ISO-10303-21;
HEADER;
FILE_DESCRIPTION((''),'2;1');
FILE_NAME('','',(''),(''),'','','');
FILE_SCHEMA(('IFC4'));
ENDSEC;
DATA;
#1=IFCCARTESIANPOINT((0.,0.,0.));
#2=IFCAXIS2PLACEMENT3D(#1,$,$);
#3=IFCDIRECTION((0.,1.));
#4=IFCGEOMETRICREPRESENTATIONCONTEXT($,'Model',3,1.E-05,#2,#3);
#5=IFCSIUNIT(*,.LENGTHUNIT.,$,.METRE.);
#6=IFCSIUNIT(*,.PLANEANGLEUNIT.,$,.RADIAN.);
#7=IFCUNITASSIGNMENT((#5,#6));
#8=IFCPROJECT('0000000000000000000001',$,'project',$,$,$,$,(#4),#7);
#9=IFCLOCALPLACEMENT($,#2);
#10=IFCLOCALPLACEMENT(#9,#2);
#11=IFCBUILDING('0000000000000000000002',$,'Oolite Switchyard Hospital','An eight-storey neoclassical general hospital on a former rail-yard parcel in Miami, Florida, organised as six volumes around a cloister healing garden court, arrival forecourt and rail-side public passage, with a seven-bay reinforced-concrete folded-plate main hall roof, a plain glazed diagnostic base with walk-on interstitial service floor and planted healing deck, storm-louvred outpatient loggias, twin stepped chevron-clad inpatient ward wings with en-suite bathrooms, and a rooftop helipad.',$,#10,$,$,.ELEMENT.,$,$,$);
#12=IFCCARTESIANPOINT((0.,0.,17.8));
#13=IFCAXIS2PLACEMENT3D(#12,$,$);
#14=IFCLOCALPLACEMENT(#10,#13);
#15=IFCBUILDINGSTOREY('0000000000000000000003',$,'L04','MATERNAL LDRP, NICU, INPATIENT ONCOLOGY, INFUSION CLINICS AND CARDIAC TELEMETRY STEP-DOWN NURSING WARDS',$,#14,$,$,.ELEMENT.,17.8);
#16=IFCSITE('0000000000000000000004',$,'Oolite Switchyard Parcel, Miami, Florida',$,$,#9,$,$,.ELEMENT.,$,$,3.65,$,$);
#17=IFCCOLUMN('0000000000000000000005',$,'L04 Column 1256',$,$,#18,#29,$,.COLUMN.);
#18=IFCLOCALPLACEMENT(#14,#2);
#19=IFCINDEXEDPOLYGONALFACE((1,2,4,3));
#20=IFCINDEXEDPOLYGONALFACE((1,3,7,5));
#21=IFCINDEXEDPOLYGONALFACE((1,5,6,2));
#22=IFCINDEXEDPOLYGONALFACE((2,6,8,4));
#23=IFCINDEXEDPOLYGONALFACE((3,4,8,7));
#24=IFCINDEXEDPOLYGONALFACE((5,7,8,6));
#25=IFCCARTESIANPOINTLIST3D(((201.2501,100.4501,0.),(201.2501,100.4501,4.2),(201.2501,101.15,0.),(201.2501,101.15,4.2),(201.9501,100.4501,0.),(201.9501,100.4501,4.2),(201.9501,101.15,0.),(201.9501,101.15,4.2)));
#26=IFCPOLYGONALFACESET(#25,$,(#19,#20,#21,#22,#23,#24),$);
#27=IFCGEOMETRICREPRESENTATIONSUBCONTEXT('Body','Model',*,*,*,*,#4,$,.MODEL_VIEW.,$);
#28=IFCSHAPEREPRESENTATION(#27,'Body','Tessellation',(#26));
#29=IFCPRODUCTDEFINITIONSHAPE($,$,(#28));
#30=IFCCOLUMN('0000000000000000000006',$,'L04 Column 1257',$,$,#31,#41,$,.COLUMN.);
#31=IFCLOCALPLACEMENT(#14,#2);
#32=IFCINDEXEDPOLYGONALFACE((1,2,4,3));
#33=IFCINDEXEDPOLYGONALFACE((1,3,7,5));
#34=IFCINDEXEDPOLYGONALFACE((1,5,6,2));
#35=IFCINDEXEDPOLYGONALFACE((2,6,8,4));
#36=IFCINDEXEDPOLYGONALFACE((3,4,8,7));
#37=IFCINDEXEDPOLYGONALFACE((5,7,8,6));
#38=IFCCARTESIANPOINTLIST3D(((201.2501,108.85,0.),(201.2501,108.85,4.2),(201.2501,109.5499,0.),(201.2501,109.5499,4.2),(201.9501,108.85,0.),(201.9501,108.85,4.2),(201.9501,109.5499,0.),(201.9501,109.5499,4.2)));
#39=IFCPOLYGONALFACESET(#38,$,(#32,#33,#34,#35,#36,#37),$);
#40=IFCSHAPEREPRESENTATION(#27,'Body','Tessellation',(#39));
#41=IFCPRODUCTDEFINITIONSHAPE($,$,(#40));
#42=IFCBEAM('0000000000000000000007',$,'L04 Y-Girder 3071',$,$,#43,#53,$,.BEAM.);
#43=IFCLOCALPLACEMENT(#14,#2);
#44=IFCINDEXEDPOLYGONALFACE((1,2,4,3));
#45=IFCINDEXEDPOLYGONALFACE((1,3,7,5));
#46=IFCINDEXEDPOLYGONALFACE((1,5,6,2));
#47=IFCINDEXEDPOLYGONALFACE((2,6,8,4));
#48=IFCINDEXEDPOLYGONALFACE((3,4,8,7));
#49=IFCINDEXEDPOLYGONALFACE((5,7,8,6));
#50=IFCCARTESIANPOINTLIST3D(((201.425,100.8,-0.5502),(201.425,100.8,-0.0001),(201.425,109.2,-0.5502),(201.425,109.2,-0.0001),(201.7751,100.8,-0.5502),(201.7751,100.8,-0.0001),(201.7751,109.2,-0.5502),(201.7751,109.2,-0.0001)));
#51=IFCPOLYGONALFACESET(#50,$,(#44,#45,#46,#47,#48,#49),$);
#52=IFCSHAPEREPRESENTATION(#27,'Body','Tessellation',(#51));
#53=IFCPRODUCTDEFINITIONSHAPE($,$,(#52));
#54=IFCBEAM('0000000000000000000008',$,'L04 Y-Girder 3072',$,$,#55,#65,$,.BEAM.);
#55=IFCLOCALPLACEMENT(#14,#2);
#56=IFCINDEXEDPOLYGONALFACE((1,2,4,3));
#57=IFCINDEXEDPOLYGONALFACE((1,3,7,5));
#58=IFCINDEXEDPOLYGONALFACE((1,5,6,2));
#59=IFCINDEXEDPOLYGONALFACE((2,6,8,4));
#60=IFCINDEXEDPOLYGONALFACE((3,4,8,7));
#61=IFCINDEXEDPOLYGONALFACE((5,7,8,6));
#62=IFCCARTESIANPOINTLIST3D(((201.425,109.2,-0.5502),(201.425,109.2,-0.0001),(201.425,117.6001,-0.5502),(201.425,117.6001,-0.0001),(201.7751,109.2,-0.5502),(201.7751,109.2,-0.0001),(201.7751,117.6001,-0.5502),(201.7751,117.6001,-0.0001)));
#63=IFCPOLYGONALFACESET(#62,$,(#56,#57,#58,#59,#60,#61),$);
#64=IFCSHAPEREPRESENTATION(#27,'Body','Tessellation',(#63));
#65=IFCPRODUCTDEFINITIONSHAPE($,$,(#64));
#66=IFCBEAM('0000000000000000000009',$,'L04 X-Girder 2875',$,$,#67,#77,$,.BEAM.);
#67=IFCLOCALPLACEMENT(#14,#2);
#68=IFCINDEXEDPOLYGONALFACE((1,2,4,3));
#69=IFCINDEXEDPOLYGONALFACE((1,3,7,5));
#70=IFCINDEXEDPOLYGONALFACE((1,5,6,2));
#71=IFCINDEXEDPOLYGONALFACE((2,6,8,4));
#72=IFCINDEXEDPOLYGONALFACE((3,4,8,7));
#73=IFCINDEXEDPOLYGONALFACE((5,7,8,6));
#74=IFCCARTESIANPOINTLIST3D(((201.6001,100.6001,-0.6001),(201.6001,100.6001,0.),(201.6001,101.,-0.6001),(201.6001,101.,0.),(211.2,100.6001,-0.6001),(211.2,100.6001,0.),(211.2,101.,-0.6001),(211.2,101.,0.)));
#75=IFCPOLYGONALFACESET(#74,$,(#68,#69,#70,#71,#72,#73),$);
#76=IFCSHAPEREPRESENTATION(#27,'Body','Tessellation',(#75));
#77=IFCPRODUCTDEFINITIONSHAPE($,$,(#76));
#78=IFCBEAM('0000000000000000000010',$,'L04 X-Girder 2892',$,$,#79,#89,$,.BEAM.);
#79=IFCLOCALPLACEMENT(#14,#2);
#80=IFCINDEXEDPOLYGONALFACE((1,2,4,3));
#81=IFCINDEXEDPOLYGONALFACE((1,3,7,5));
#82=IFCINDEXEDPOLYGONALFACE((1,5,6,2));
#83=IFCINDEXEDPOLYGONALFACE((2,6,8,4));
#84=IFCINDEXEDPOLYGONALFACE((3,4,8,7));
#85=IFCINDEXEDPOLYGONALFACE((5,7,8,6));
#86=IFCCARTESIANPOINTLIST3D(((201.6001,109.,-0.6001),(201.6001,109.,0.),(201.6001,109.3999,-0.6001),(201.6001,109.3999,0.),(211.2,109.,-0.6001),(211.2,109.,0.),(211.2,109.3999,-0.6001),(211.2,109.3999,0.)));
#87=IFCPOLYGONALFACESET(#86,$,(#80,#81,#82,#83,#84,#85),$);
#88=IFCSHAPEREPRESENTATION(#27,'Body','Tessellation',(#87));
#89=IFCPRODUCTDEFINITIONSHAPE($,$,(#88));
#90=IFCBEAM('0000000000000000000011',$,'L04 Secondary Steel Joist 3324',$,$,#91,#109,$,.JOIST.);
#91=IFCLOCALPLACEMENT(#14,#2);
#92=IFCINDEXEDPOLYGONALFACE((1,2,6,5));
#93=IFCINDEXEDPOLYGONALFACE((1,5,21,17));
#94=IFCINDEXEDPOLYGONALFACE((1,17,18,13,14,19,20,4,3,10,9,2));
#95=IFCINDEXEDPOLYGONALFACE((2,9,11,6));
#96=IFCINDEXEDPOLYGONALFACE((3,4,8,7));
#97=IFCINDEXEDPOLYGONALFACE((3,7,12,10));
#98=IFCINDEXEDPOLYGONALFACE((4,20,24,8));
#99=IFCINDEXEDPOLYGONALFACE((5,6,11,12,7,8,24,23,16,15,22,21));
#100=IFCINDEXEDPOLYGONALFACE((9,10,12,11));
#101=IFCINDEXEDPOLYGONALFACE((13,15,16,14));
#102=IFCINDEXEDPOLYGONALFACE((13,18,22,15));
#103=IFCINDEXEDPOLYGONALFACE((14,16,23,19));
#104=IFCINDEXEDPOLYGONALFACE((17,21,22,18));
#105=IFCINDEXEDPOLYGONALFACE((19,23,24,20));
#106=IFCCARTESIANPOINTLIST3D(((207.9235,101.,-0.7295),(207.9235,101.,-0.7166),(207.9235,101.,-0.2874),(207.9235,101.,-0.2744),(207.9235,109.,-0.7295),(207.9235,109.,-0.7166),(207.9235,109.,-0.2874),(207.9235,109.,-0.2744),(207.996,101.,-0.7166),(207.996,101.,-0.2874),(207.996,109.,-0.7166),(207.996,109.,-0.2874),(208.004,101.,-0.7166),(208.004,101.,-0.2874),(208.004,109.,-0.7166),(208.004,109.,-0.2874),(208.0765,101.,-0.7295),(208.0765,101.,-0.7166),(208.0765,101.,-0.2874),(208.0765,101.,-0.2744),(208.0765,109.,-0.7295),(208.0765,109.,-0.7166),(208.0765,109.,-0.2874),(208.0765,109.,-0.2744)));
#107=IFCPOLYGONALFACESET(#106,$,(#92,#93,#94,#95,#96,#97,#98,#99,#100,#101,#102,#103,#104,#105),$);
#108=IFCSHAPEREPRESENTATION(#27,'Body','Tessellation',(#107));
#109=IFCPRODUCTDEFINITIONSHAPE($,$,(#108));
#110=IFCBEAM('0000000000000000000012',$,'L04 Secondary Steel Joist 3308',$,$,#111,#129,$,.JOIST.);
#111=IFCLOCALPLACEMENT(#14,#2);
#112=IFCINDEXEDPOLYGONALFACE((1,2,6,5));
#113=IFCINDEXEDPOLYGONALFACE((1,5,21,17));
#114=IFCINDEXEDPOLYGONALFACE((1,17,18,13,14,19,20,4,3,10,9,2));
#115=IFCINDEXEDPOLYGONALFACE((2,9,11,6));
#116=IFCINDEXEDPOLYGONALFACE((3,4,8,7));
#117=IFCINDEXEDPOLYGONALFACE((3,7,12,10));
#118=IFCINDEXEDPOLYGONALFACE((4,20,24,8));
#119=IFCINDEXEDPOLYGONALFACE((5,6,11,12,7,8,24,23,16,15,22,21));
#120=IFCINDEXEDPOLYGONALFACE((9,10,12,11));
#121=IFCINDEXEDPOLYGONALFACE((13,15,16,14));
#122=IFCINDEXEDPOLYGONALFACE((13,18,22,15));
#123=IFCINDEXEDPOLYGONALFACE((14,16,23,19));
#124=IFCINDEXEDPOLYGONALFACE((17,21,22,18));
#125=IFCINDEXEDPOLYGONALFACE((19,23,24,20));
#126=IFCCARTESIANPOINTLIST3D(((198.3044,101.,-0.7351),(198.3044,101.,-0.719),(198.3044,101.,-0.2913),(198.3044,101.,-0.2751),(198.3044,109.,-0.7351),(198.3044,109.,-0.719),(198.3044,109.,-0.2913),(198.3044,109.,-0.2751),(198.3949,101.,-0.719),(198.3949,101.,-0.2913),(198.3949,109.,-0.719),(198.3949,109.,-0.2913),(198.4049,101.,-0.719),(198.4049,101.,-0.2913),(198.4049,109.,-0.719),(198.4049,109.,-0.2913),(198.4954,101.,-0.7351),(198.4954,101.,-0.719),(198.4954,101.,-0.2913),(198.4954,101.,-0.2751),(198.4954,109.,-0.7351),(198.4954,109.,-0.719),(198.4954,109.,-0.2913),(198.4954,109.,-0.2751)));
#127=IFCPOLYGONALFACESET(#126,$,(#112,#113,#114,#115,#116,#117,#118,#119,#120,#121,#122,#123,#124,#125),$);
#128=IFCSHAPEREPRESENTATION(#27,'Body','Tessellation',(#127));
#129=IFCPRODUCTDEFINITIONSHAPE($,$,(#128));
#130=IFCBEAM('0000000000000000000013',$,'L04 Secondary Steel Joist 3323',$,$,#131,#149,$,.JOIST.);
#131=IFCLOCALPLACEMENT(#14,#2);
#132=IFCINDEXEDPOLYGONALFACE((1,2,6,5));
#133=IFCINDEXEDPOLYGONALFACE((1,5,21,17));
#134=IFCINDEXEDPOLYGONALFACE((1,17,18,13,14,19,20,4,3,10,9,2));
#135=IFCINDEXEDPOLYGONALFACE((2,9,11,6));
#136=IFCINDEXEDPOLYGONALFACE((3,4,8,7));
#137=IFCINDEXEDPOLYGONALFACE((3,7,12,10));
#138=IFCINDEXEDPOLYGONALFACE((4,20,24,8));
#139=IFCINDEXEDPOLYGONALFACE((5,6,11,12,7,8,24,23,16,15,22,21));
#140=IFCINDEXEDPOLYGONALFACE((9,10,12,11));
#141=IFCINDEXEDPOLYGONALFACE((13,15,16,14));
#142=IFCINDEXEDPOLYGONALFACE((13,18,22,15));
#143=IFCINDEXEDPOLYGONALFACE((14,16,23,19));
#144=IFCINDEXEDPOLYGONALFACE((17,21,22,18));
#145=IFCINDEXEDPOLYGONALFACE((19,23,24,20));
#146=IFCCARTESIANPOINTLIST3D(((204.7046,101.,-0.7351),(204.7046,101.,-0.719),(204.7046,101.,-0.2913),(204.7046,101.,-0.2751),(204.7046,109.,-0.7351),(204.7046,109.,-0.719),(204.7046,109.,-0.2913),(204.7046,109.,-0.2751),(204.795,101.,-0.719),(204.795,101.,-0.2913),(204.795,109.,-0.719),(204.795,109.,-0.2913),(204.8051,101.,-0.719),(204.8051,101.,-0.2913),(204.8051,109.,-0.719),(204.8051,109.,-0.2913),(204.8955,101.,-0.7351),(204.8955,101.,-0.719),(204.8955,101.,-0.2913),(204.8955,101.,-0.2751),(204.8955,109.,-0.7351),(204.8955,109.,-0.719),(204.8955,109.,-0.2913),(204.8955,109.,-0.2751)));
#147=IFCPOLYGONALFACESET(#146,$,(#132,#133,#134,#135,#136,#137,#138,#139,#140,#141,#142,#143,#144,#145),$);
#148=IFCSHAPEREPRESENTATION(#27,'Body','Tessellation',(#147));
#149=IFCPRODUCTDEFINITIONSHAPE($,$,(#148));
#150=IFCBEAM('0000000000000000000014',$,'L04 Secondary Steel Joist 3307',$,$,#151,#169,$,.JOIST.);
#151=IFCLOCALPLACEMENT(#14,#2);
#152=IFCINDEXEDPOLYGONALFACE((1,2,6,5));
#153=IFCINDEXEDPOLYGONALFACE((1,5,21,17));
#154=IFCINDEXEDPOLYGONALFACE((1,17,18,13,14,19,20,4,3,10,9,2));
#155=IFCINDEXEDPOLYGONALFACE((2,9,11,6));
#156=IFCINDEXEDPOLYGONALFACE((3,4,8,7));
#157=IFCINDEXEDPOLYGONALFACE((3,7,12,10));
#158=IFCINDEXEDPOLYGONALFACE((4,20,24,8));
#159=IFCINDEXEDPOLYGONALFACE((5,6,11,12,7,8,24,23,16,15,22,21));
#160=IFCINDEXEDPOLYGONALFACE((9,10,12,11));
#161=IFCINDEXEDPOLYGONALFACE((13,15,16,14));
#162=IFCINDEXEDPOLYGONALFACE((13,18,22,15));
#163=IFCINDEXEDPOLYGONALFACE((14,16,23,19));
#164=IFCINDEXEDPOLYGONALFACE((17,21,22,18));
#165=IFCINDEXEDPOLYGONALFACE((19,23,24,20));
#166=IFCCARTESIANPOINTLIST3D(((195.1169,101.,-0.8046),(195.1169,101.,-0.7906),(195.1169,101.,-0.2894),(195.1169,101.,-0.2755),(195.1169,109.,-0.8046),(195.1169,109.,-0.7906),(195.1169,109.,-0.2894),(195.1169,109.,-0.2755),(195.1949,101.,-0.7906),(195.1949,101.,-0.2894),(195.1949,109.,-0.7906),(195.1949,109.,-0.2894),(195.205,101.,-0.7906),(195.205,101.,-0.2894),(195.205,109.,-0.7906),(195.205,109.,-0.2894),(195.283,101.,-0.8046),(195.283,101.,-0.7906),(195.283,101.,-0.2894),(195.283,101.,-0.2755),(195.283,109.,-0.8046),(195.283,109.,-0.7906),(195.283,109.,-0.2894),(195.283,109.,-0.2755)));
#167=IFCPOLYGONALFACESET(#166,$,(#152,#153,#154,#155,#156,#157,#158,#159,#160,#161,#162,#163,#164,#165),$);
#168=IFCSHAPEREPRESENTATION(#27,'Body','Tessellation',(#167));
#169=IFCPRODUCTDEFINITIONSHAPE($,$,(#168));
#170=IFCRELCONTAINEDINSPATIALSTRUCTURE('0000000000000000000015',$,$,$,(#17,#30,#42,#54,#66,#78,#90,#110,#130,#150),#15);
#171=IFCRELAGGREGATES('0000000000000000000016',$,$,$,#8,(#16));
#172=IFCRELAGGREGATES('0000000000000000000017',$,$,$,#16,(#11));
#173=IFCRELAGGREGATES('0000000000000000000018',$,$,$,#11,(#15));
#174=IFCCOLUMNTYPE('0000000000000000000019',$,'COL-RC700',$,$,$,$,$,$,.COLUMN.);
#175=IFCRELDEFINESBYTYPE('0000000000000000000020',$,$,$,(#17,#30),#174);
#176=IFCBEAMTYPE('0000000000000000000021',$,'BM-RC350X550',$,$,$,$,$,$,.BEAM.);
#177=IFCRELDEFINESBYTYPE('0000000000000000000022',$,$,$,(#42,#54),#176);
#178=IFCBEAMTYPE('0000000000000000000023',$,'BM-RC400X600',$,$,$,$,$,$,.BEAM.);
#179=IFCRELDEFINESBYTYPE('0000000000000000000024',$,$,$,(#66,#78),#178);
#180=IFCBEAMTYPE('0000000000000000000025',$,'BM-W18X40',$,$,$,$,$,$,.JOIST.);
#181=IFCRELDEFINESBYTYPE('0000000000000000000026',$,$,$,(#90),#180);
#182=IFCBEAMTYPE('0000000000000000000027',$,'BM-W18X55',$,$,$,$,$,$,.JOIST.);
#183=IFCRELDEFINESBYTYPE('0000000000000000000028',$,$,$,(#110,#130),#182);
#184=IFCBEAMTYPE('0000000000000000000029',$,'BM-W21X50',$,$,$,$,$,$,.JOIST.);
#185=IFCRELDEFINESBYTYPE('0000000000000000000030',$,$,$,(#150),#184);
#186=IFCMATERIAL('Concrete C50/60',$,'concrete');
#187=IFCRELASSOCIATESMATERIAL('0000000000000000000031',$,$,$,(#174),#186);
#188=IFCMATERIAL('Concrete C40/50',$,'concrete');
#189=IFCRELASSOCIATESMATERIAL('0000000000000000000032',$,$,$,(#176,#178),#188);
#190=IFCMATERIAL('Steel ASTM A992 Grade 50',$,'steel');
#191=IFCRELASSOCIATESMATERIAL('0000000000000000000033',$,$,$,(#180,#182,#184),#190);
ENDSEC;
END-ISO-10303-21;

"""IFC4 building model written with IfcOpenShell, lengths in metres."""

from ifc_helpers import new_model, si_unit, direction, frame, origin, origin_2d, place, context, subcontext, project, spatial, rectangle, i_section, extrude, material, material_profile, profile_set, type_object, element, save


model = new_model("IFC4")

# Units and contexts
model_context = context("Model", 3, precision=1e-05, world=origin(), true_north=direction((0.0, 1.0)))
body_context = subcontext(model_context, "Body", "Model", "MODEL_VIEW")
ifc_project = project(units=[si_unit("LENGTHUNIT", "METRE"), si_unit("PLANEANGLEUNIT", "RADIAN")], contexts=[model_context])

# Site, building, storey
site_placement = place(None, origin())
site = spatial("IfcSite", under=ifc_project, at=site_placement, Name="Oolite Switchyard Parcel, Miami, Florida", CompositionType="ELEMENT", RefElevation=3.65)
building_placement = place(site_placement, origin())
building = spatial("IfcBuilding", under=site, at=building_placement, Name="Oolite Switchyard Hospital", Description="An eight-storey neoclassical general hospital on a former rail-yard parcel in Miami, Florida, organised as six volumes around a cloister healing garden court, arrival forecourt and rail-side public passage, with a seven-bay reinforced-concrete folded-plate main hall roof, a plain glazed diagnostic base with walk-on interstitial service floor and planted healing deck, storm-louvred outpatient loggias, twin stepped chevron-clad inpatient ward wings with en-suite bathrooms, and a rooftop helipad.", CompositionType="ELEMENT")
storey_placement = place(building_placement, frame((0.0, 0.0, 17.8)))
storey = spatial("IfcBuildingStorey", under=building, at=storey_placement, Name="L04", Description="MATERNAL LDRP, NICU, INPATIENT ONCOLOGY, INFUSION CLINICS AND CARDIAC TELEMETRY STEP-DOWN NURSING WARDS", CompositionType="ELEMENT", Elevation=17.8)

# Columns
ifc_material_1 = material(Name="Concrete C50/60", Category="concrete")
ifc_material_profile_1 = material_profile(ifc_material_1, rectangle(XDim=0.7, YDim=0.7, at=origin_2d()), Name="RC700X700")
ifc_profile_set_1 = profile_set([ifc_material_profile_1], Name="Concrete C50/60")
column_type = type_object("IfcColumnType", Name="COL-RC700", PredefinedType="COLUMN", material=ifc_profile_set_1)
for number, where, z_axis, x_axis, name in (
    (1, (201.6001, 100.8, 0.0), (0.0, 0.0, 1.0), (1.0, 0.0, 0.0), "L04 Column 1256"),
    (2, (201.6001, 109.2, 0.0), (0.0, 0.0, 1.0), (1.0, 0.0, 0.0), "L04 Column 1257"),
):
    element("IfcColumn", number, at=place(storey_placement, frame(where, z_axis=z_axis, x_axis=x_axis)), inside=storey, type_object=column_type, Name=name, PredefinedType="COLUMN", context=body_context, shape_type="SweptSolid", body=[
        extrude(rectangle(XDim=0.7, YDim=0.7, at=origin_2d()), origin(), (0.0, 0.0, 1.0), 4.2),
    ])

# Beams
ifc_material_2 = material(Name="Concrete C40/50", Category="concrete")
ifc_material_profile_2 = material_profile(ifc_material_2, rectangle(XDim=0.3501, YDim=0.55, at=origin_2d()), Name="RCB350X550")
ifc_profile_set_2 = profile_set([ifc_material_profile_2], Name="Concrete C40/50")
beam_type_1 = type_object("IfcBeamType", Name="BM-RC350X550", PredefinedType="BEAM", material=ifc_profile_set_2)
beam_1_placement = place(storey_placement, frame((201.6001, 100.8, -0.2751), z_axis=(0.0, 1.0, 0.0), x_axis=(-1.0, 0.0, 0.0)))
element("IfcBeam", 3, at=beam_1_placement, inside=storey, type_object=beam_type_1, Name="L04 Y-Girder 3071", PredefinedType="BEAM", context=body_context, shape_type="SweptSolid", body=[
    extrude(rectangle(XDim=0.3501, YDim=0.55, at=origin_2d()), origin(), (0.0, 0.0, 1.0), 8.3999),
])
beam_2_placement = place(storey_placement, frame((201.6001, 109.2, -0.2751), z_axis=(0.0, 1.0, 0.0), x_axis=(-1.0, 0.0, 0.0)))
element("IfcBeam", 4, at=beam_2_placement, inside=storey, type_object=beam_type_1, Name="L04 Y-Girder 3072", PredefinedType="BEAM", context=body_context, shape_type="SweptSolid", body=[
    extrude(rectangle(XDim=0.3501, YDim=0.55, at=origin_2d()), origin(), (0.0, 0.0, 1.0), 8.4001),
])
ifc_material_profile_3 = material_profile(ifc_material_2, rectangle(XDim=0.3999, YDim=0.6001, at=origin_2d()), Name="RCB400X600")
ifc_profile_set_3 = profile_set([ifc_material_profile_3], Name="Concrete C40/50")
beam_type_2 = type_object("IfcBeamType", Name="BM-RC400X600", PredefinedType="BEAM", material=ifc_profile_set_3)
for number, where, z_axis, x_axis, name in (
    (5, (201.6001, 100.8, -0.3), (1.0, 0.0, 0.0), (0.0, 1.0, 0.0), "L04 X-Girder 2875"),
    (6, (201.6001, 109.2, -0.3), (1.0, 0.0, 0.0), (0.0, 1.0, 0.0), "L04 X-Girder 2892"),
):
    element("IfcBeam", number, at=place(storey_placement, frame(where, z_axis=z_axis, x_axis=x_axis)), inside=storey, type_object=beam_type_2, Name=name, PredefinedType="BEAM", context=body_context, shape_type="SweptSolid", body=[
        extrude(rectangle(XDim=0.3999, YDim=0.6001, at=origin_2d()), origin(), (0.0, 0.0, 1.0), 9.5999),
    ])
ifc_material_3 = material(Name="Steel ASTM A992 Grade 50", Category="steel")
ifc_material_profile_4 = material_profile(ifc_material_3, i_section(OverallWidth=0.1531, OverallDepth=0.4551, WebThickness=0.0081, FlangeThickness=0.0129, at=origin_2d()), Name="W18X40")
ifc_profile_set_4 = profile_set([ifc_material_profile_4], Name="Steel ASTM A992 Grade 50")
beam_type_3 = type_object("IfcBeamType", Name="BM-W18X40", PredefinedType="JOIST", material=ifc_profile_set_4)
beam_3_placement = place(storey_placement, frame((208.0, 101.0, -0.502), z_axis=(0.0, 1.0, 0.0), x_axis=(-1.0, 0.0, 0.0)))
element("IfcBeam", 7, at=beam_3_placement, inside=storey, type_object=beam_type_3, Name="L04 Secondary Steel Joist 3324", PredefinedType="JOIST", context=body_context, shape_type="SweptSolid", body=[
    extrude(i_section(OverallWidth=0.1531, OverallDepth=0.4551, WebThickness=0.0081, FlangeThickness=0.0129, at=origin_2d()), origin(), (0.0, 0.0, 1.0), 8.0),
])
ifc_material_profile_5 = material_profile(ifc_material_3, i_section(OverallWidth=0.1909, OverallDepth=0.46, WebThickness=0.01, FlangeThickness=0.0161, at=origin_2d()), Name="W18X55")
ifc_profile_set_5 = profile_set([ifc_material_profile_5], Name="Steel ASTM A992 Grade 50")
beam_type_4 = type_object("IfcBeamType", Name="BM-W18X55", PredefinedType="JOIST", material=ifc_profile_set_5)
for number, where, z_axis, x_axis, name in (
    (8, (198.3999, 101.0, -0.5051), (0.0, 1.0, 0.0), (-1.0, 0.0, 0.0), "L04 Secondary Steel Joist 3308"),
    (9, (204.8, 101.0, -0.5051), (0.0, 1.0, 0.0), (-1.0, 0.0, 0.0), "L04 Secondary Steel Joist 3323"),
):
    element("IfcBeam", number, at=place(storey_placement, frame(where, z_axis=z_axis, x_axis=x_axis)), inside=storey, type_object=beam_type_4, Name=name, PredefinedType="JOIST", context=body_context, shape_type="SweptSolid", body=[
        extrude(i_section(OverallWidth=0.1909, OverallDepth=0.46, WebThickness=0.01, FlangeThickness=0.0161, at=origin_2d()), origin(), (0.0, 0.0, 1.0), 8.0),
    ])
ifc_material_profile_6 = material_profile(ifc_material_3, i_section(OverallWidth=0.166, OverallDepth=0.5291, WebThickness=0.01, FlangeThickness=0.0139, at=origin_2d()), Name="W21X50")
ifc_profile_set_6 = profile_set([ifc_material_profile_6], Name="Steel ASTM A992 Grade 50")
beam_type_5 = type_object("IfcBeamType", Name="BM-W21X50", PredefinedType="JOIST", material=ifc_profile_set_6)
beam_4_placement = place(storey_placement, frame((195.2, 101.0, -0.54), z_axis=(0.0, 1.0, 0.0), x_axis=(-1.0, 0.0, 0.0)))
element("IfcBeam", 10, at=beam_4_placement, inside=storey, type_object=beam_type_5, Name="L04 Secondary Steel Joist 3307", PredefinedType="JOIST", context=body_context, shape_type="SweptSolid", body=[
    extrude(i_section(OverallWidth=0.166, OverallDepth=0.5291, WebThickness=0.01, FlangeThickness=0.0139, at=origin_2d()), origin(), (0.0, 0.0, 1.0), 8.0),
])

save(model, "model.ifc")
